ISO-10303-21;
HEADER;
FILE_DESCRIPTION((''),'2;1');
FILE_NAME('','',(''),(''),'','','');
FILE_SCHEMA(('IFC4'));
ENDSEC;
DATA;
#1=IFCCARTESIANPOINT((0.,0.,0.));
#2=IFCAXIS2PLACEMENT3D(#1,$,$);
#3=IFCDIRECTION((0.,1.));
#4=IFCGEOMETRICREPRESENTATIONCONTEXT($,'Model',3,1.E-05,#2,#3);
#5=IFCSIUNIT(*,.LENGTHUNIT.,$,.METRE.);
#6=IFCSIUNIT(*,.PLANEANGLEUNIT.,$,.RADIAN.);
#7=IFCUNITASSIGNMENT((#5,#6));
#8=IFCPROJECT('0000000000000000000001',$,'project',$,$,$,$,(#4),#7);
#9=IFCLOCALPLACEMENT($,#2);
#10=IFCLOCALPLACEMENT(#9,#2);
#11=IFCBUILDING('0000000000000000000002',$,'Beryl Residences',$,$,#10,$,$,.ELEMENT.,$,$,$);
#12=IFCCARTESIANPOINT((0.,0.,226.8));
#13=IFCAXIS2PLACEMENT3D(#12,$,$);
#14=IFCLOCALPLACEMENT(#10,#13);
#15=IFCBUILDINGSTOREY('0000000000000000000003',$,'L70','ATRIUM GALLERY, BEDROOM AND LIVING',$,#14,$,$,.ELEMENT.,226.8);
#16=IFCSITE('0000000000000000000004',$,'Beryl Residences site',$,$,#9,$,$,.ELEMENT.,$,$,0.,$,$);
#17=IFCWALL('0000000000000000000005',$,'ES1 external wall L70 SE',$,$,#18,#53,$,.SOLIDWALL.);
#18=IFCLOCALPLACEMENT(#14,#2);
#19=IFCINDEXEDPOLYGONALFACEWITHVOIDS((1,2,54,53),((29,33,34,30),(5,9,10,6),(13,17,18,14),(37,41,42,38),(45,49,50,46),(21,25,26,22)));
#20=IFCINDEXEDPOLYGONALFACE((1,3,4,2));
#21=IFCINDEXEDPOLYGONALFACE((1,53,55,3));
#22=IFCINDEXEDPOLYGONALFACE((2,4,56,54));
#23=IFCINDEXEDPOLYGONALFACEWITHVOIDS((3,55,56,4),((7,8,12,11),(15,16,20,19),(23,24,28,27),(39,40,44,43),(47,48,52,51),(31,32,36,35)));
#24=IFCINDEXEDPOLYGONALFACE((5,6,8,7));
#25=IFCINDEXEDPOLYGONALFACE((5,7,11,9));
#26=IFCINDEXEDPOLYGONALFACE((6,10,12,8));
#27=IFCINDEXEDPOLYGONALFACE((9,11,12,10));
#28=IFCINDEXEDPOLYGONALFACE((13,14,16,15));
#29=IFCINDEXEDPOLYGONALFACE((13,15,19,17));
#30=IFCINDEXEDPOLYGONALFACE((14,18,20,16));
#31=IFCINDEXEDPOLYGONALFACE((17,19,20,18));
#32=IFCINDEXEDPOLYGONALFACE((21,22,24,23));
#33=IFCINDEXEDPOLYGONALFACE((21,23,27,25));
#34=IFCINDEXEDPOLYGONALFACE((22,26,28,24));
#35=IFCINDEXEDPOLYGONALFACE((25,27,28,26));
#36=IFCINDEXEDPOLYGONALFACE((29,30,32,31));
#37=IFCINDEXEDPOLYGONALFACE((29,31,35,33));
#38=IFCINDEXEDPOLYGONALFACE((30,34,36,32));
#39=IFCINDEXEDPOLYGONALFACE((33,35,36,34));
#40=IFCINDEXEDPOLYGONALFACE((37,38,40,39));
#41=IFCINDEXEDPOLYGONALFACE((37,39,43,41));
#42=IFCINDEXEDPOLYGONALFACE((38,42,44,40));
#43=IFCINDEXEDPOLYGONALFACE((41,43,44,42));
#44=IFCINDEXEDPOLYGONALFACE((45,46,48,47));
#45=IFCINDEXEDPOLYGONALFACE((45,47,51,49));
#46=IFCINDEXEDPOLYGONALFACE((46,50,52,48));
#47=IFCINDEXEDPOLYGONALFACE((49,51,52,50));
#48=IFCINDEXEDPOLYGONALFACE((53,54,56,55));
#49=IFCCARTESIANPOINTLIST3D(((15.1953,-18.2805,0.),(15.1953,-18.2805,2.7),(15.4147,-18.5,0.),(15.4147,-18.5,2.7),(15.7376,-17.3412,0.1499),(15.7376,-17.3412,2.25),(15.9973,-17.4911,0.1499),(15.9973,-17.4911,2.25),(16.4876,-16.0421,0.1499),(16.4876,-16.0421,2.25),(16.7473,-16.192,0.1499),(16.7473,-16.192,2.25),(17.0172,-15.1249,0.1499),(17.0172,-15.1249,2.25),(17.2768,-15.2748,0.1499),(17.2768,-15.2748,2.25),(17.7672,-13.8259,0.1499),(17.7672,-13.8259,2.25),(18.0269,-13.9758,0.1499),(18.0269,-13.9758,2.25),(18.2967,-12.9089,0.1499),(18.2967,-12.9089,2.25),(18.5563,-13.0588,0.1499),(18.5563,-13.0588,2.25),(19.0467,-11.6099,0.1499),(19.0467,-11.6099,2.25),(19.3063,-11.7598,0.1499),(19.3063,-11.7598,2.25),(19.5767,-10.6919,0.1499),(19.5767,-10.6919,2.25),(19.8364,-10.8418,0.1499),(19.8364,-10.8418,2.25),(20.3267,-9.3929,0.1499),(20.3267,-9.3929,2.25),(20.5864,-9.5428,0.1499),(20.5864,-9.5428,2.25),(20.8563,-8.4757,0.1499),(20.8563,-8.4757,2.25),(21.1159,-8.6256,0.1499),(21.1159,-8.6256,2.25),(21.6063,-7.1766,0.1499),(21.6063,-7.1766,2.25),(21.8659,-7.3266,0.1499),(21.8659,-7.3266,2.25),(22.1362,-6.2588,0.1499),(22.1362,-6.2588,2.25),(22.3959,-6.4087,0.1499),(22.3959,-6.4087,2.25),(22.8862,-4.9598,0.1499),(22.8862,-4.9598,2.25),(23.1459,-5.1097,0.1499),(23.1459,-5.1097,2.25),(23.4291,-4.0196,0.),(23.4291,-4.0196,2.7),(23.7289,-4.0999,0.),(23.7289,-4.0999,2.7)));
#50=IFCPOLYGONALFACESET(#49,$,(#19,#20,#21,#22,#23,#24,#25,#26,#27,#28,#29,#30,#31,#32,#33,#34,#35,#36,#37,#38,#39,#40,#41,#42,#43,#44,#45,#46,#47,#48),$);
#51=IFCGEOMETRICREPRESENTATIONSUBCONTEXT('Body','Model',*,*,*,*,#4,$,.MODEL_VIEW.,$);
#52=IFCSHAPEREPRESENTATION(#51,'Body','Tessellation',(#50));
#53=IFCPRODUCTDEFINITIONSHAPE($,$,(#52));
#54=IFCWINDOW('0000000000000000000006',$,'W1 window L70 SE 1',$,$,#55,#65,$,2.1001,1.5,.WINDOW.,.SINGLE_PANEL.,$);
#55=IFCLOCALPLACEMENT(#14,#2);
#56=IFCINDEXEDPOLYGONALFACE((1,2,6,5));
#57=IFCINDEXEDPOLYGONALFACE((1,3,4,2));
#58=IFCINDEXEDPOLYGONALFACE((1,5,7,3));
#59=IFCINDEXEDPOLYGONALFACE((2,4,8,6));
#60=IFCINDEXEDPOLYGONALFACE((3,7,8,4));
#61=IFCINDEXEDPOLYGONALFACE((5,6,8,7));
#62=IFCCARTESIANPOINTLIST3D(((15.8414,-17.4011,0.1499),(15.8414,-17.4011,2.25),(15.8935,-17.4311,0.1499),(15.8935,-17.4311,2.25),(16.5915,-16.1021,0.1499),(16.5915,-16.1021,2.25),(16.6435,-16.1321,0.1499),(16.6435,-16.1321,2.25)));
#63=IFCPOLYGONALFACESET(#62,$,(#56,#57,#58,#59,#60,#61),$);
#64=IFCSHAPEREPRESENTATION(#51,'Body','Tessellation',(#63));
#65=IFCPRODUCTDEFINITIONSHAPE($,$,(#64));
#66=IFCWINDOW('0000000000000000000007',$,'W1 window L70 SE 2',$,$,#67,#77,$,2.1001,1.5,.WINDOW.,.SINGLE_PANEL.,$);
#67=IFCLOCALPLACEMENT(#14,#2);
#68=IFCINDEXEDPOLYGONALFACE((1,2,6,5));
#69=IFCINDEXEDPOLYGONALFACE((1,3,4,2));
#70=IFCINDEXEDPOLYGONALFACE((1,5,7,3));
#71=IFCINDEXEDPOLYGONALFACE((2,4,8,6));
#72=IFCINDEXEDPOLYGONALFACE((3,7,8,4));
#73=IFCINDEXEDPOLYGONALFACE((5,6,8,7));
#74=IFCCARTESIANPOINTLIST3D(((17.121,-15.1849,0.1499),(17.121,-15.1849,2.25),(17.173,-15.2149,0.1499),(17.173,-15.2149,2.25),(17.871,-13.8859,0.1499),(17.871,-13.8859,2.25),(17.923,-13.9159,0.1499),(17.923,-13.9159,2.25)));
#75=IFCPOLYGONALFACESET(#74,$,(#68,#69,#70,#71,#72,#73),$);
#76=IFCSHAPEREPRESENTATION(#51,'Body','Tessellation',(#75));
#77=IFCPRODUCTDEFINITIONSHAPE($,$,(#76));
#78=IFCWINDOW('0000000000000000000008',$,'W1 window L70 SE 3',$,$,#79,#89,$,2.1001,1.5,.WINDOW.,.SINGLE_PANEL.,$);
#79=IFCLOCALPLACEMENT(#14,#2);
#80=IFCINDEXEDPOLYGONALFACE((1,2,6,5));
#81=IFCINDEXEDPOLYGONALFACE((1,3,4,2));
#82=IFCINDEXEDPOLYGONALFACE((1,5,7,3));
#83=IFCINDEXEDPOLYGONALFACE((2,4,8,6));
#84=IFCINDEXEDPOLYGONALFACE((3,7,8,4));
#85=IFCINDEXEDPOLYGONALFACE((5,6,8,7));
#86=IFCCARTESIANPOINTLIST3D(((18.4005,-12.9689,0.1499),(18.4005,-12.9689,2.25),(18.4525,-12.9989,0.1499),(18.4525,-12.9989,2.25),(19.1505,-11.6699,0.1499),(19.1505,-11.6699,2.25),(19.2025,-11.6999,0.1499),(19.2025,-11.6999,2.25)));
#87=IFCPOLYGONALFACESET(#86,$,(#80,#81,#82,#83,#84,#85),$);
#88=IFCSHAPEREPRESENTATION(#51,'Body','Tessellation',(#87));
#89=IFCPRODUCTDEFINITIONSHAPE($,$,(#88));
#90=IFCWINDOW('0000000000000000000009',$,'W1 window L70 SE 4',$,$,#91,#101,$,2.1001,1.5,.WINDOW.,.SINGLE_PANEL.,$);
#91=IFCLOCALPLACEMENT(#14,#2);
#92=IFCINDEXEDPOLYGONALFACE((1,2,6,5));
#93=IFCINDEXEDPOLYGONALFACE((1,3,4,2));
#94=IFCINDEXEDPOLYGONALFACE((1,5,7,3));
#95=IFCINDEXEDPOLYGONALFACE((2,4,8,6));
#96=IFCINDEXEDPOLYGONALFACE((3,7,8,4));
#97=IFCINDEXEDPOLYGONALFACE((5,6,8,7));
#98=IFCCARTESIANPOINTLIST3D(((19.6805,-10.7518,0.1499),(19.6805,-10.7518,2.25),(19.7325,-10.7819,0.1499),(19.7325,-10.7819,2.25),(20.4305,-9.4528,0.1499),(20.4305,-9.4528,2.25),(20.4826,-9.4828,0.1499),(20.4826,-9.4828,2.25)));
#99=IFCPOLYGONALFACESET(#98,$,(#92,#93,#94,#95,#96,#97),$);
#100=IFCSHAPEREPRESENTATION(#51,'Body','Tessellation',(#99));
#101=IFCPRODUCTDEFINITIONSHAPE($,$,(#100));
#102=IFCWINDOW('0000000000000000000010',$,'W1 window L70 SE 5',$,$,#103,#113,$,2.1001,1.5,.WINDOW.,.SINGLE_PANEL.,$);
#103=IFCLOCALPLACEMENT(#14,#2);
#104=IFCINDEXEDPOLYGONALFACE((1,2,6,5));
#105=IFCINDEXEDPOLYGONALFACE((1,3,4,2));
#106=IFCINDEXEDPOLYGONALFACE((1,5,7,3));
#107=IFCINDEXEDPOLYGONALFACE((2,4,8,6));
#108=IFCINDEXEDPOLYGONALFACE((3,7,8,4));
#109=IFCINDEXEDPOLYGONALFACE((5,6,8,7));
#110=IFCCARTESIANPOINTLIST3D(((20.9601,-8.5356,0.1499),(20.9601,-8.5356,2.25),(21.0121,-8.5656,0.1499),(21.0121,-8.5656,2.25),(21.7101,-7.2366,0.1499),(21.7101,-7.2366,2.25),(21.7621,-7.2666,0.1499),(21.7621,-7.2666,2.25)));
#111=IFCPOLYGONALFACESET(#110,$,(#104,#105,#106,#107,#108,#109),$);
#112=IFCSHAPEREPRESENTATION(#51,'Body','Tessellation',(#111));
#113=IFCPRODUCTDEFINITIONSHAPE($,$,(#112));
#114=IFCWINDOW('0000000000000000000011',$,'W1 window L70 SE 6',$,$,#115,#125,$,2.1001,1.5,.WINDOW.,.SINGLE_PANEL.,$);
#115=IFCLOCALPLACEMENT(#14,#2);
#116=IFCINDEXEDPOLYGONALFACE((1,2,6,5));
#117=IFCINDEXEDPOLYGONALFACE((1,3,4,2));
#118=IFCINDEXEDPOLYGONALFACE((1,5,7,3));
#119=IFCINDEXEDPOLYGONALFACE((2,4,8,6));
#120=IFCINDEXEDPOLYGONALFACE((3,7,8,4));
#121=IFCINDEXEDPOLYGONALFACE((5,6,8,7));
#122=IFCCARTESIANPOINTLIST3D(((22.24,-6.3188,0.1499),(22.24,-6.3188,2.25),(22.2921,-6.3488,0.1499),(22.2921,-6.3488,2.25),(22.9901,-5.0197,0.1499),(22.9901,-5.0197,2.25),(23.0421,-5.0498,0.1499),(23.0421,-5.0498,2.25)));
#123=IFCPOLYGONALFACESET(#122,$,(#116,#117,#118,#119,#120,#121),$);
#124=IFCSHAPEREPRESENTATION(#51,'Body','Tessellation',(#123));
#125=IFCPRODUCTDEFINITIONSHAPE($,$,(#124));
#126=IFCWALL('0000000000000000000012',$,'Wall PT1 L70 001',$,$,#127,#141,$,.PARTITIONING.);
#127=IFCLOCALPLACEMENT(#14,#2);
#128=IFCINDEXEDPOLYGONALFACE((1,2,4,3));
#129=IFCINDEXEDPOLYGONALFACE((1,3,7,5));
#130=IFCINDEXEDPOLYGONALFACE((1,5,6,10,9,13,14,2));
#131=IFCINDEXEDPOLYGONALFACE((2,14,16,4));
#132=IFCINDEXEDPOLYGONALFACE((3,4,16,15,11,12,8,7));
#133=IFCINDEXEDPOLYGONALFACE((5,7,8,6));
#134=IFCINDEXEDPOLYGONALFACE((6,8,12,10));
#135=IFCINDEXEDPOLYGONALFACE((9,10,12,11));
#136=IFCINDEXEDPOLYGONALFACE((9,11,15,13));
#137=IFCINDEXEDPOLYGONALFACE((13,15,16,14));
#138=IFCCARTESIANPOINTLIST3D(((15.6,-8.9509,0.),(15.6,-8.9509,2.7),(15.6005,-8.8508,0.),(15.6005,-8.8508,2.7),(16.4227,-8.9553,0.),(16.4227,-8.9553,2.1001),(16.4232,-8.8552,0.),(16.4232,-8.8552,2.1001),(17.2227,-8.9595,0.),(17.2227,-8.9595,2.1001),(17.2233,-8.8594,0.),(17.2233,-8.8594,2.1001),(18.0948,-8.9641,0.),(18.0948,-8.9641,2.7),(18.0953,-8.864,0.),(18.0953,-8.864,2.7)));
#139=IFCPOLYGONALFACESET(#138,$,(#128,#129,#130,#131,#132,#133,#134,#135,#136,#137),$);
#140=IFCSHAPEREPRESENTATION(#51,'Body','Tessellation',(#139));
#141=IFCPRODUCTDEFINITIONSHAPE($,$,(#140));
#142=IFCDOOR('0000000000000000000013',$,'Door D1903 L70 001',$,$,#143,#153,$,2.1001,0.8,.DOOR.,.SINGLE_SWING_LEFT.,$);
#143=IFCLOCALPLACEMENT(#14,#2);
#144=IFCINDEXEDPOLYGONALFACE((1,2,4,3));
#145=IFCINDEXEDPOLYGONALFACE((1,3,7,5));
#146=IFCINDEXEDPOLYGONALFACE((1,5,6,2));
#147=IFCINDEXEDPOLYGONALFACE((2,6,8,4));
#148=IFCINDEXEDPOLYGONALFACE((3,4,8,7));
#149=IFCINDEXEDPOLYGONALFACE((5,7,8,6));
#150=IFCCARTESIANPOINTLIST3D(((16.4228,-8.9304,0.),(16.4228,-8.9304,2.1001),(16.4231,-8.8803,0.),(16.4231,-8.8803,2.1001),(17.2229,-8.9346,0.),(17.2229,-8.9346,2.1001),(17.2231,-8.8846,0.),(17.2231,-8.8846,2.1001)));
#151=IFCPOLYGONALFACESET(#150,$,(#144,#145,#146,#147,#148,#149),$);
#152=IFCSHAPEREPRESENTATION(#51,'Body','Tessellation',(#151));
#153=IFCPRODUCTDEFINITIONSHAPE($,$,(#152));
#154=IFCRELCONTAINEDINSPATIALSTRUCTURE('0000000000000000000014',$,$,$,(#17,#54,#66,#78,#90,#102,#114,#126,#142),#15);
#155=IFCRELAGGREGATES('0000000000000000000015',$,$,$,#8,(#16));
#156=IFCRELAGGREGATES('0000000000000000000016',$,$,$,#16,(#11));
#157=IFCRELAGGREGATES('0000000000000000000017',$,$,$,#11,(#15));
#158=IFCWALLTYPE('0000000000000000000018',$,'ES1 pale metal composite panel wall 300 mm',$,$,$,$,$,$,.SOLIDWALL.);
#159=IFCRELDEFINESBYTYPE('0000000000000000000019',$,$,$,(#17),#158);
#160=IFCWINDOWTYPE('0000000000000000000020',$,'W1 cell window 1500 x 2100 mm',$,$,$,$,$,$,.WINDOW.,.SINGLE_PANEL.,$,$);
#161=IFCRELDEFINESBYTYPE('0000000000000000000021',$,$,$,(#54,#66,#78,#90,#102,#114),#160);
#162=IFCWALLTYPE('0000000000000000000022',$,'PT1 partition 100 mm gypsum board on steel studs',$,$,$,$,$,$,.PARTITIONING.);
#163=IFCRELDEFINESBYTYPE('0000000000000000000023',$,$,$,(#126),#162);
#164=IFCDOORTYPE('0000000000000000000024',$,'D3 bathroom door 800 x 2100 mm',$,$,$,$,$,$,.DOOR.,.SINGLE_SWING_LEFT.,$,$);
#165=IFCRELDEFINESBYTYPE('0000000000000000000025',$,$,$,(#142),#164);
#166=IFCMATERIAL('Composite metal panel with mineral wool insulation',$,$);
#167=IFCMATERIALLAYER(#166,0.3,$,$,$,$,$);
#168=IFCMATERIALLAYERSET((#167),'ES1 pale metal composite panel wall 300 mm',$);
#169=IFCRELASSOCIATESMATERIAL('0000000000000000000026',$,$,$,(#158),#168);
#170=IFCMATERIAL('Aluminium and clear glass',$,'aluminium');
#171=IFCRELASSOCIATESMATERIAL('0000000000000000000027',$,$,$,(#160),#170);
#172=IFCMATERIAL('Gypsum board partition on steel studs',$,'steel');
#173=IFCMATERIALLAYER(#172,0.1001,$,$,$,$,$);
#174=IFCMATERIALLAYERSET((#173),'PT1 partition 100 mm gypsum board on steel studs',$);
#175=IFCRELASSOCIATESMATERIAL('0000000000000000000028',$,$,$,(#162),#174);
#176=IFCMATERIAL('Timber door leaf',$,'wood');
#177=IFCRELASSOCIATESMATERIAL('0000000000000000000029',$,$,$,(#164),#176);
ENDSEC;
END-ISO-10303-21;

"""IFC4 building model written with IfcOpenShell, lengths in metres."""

from ifc_helpers import new_model, si_unit, direction, frame, frame_2d, origin, place, context, subcontext, project, spatial, polyline, rectangle, outline, extrude, material, layer, layer_set, type_object, element, fill, save


model = new_model("IFC4")

# Units and contexts
model_context = context("Model", 3, precision=1e-05, world=origin(), true_north=direction((0.0, 1.0)))
body_context = subcontext(model_context, "Body", "Model", "MODEL_VIEW")
ifc_project = project(units=[si_unit("LENGTHUNIT", "METRE"), si_unit("PLANEANGLEUNIT", "RADIAN")], contexts=[model_context])

# Site, building, storey
site_placement = place(None, origin())
site = spatial("IfcSite", under=ifc_project, at=site_placement, Name="Beryl Residences site", CompositionType="ELEMENT", RefElevation=0.0)
building_placement = place(site_placement, origin())
building = spatial("IfcBuilding", under=site, at=building_placement, Name="Beryl Residences", CompositionType="ELEMENT")
storey_placement = place(building_placement, frame((0.0, 0.0, 226.8)))
storey = spatial("IfcBuildingStorey", under=building, at=storey_placement, Name="L70", Description="ATRIUM GALLERY, BEDROOM AND LIVING", CompositionType="ELEMENT", Elevation=226.8)

# Wall, openings, windows
ifc_material_1 = material(Name="Composite metal panel with mineral wool insulation")
ifc_layer_1 = layer(ifc_material_1, 0.3)
ifc_layer_set_1 = layer_set([ifc_layer_1], Name="ES1 pale metal composite panel wall 300 mm")
wall_type_1 = type_object("IfcWallType", Name="ES1 pale metal composite panel wall 300 mm", PredefinedType="SOLIDWALL", material=ifc_layer_set_1)
wall_1_placement = place(storey_placement, frame((15.2849, -18.425, 0.0), z_axis=(0.0, 0.0, 1.0), x_axis=(0.500013, 0.866018, 0.0)))
wall_1 = element("IfcWall", 1, at=wall_1_placement, inside=storey, type_object=wall_type_1, Name="ES1 external wall L70 SE", PredefinedType="SOLIDWALL", context=body_context, shape_type="SweptSolid", body=[
    extrude(outline(polyline([(0.0, -0.1499), (16.6279, -0.1499), (16.5476, 0.1499), (0.0803, 0.1499), (0.0, -0.1499)])), origin(), (0.0, 0.0, 1.0), 2.7),
])
opening_1_placement = place(wall_1_placement, frame((1.165, 0.0, 0.1499)))
opening_1 = element("IfcOpeningElement", 2, at=opening_1_placement, cuts=wall_1, PredefinedType="OPENING", context=body_context, shape_type="SweptSolid", body=[
    extrude(rectangle(XDim=1.5, YDim=2.1001, at=frame_2d((0.75, 1.05))), frame((0.0, 0.1599, 0.0), z_axis=(0.0, -1.0, 0.0), x_axis=(1.0, 0.0, 0.0)), (0.0, 0.0, 1.0), 0.3201),
])
opening_2_placement = place(wall_1_placement, frame((3.7241, 0.0, 0.1499)))
opening_2 = element("IfcOpeningElement", 3, at=opening_2_placement, cuts=wall_1, PredefinedType="OPENING", context=body_context, shape_type="SweptSolid", body=[
    extrude(rectangle(XDim=1.5, YDim=2.1001, at=frame_2d((0.75, 1.05))), frame((0.0, 0.1599, 0.0), z_axis=(0.0, -1.0, 0.0), x_axis=(1.0, 0.0, 0.0)), (0.0, 0.0, 1.0), 0.3201),
])
opening_3_placement = place(wall_1_placement, frame((6.283, 0.0, 0.1499)))
opening_3 = element("IfcOpeningElement", 4, at=opening_3_placement, cuts=wall_1, PredefinedType="OPENING", context=body_context, shape_type="SweptSolid", body=[
    extrude(rectangle(XDim=1.5, YDim=2.1001, at=frame_2d((0.75, 1.05))), frame((0.0, 0.1599, 0.0), z_axis=(0.0, -1.0, 0.0), x_axis=(1.0, 0.0, 0.0)), (0.0, 0.0, 1.0), 0.3201),
])
opening_4_placement = place(wall_1_placement, frame((8.843, 0.0, 0.1499)))
opening_4 = element("IfcOpeningElement", 5, at=opening_4_placement, cuts=wall_1, PredefinedType="OPENING", context=body_context, shape_type="SweptSolid", body=[
    extrude(rectangle(XDim=1.5, YDim=2.1001, at=frame_2d((0.75, 1.05))), frame((0.0, 0.1599, 0.0), z_axis=(0.0, -1.0, 0.0), x_axis=(1.0, 0.0, 0.0)), (0.0, 0.0, 1.0), 0.3201),
])
opening_5_placement = place(wall_1_placement, frame((11.4021, 0.0, 0.1499)))
opening_5 = element("IfcOpeningElement", 6, at=opening_5_placement, cuts=wall_1, PredefinedType="OPENING", context=body_context, shape_type="SweptSolid", body=[
    extrude(rectangle(XDim=1.5, YDim=2.1001, at=frame_2d((0.75, 1.05))), frame((0.0, 0.1599, 0.0), z_axis=(0.0, -1.0, 0.0), x_axis=(1.0, 0.0, 0.0)), (0.0, 0.0, 1.0), 0.3201),
])
opening_6_placement = place(wall_1_placement, frame((13.9619, 0.0, 0.1499)))
opening_6 = element("IfcOpeningElement", 7, at=opening_6_placement, cuts=wall_1, PredefinedType="OPENING", context=body_context, shape_type="SweptSolid", body=[
    extrude(rectangle(XDim=1.5, YDim=2.1001, at=frame_2d((0.75, 1.05))), frame((0.0, 0.1599, 0.0), z_axis=(0.0, -1.0, 0.0), x_axis=(1.0, 0.0, 0.0)), (0.0, 0.0, 1.0), 0.3201),
])
ifc_material_2 = material(Name="Aluminium and clear glass", Category="aluminium")
window_type = type_object("IfcWindowType", Name="W1 cell window 1500 x 2100 mm", PartitioningType="SINGLE_PANEL", PredefinedType="WINDOW", material=ifc_material_2)
window_1_placement = place(opening_1_placement, origin())
window_1 = element("IfcWindow", 8, at=window_1_placement, inside=storey, type_object=window_type, Name="W1 window L70 SE 1", OverallHeight=2.1001, OverallWidth=1.5, PartitioningType="SINGLE_PANEL", PredefinedType="WINDOW", context=body_context, shape_type="SweptSolid", body=[
    extrude(rectangle(XDim=1.5, YDim=2.1001, at=frame_2d((0.75, 1.05))), frame((0.0, 0.03, 0.0), z_axis=(0.0, -1.0, 0.0), x_axis=(1.0, 0.0, 0.0)), (0.0, 0.0, 1.0), 0.0601),
])
fill(opening_1, window_1)
window_2_placement = place(opening_2_placement, origin())
window_2 = element("IfcWindow", 9, at=window_2_placement, inside=storey, type_object=window_type, Name="W1 window L70 SE 2", OverallHeight=2.1001, OverallWidth=1.5, PartitioningType="SINGLE_PANEL", PredefinedType="WINDOW", context=body_context, shape_type="SweptSolid", body=[
    extrude(rectangle(XDim=1.5, YDim=2.1001, at=frame_2d((0.75, 1.05))), frame((0.0, 0.03, 0.0), z_axis=(0.0, -1.0, 0.0), x_axis=(1.0, 0.0, 0.0)), (0.0, 0.0, 1.0), 0.0601),
])
fill(opening_2, window_2)
window_3_placement = place(opening_3_placement, origin())
window_3 = element("IfcWindow", 10, at=window_3_placement, inside=storey, type_object=window_type, Name="W1 window L70 SE 3", OverallHeight=2.1001, OverallWidth=1.5, PartitioningType="SINGLE_PANEL", PredefinedType="WINDOW", context=body_context, shape_type="SweptSolid", body=[
    extrude(rectangle(XDim=1.5, YDim=2.1001, at=frame_2d((0.75, 1.05))), frame((0.0, 0.03, 0.0), z_axis=(0.0, -1.0, 0.0), x_axis=(1.0, 0.0, 0.0)), (0.0, 0.0, 1.0), 0.0601),
])
fill(opening_3, window_3)
window_4_placement = place(opening_4_placement, origin())
window_4 = element("IfcWindow", 11, at=window_4_placement, inside=storey, type_object=window_type, Name="W1 window L70 SE 4", OverallHeight=2.1001, OverallWidth=1.5, PartitioningType="SINGLE_PANEL", PredefinedType="WINDOW", context=body_context, shape_type="SweptSolid", body=[
    extrude(rectangle(XDim=1.5, YDim=2.1001, at=frame_2d((0.75, 1.05))), frame((0.0, 0.03, 0.0), z_axis=(0.0, -1.0, 0.0), x_axis=(1.0, 0.0, 0.0)), (0.0, 0.0, 1.0), 0.0601),
])
fill(opening_4, window_4)
window_5_placement = place(opening_5_placement, origin())
window_5 = element("IfcWindow", 12, at=window_5_placement, inside=storey, type_object=window_type, Name="W1 window L70 SE 5", OverallHeight=2.1001, OverallWidth=1.5, PartitioningType="SINGLE_PANEL", PredefinedType="WINDOW", context=body_context, shape_type="SweptSolid", body=[
    extrude(rectangle(XDim=1.5, YDim=2.1001, at=frame_2d((0.75, 1.05))), frame((0.0, 0.03, 0.0), z_axis=(0.0, -1.0, 0.0), x_axis=(1.0, 0.0, 0.0)), (0.0, 0.0, 1.0), 0.0601),
])
fill(opening_5, window_5)
window_6_placement = place(opening_6_placement, origin())
window_6 = element("IfcWindow", 13, at=window_6_placement, inside=storey, type_object=window_type, Name="W1 window L70 SE 6", OverallHeight=2.1001, OverallWidth=1.5, PartitioningType="SINGLE_PANEL", PredefinedType="WINDOW", context=body_context, shape_type="SweptSolid", body=[
    extrude(rectangle(XDim=1.5, YDim=2.1001, at=frame_2d((0.75, 1.05))), frame((0.0, 0.03, 0.0), z_axis=(0.0, -1.0, 0.0), x_axis=(1.0, 0.0, 0.0)), (0.0, 0.0, 1.0), 0.0601),
])
fill(opening_6, window_6)

# Wall, opening, door
ifc_material_3 = material(Name="Gypsum board partition on steel studs", Category="steel")
ifc_layer_2 = layer(ifc_material_3, 0.1001)
ifc_layer_set_2 = layer_set([ifc_layer_2], Name="PT1 partition 100 mm gypsum board on steel studs")
wall_type_2 = type_object("IfcWallType", Name="PT1 partition 100 mm gypsum board on steel studs", PredefinedType="PARTITIONING", material=ifc_layer_set_2)
wall_2_placement = place(storey_placement, frame((15.6001, -8.9009, 0.0), z_axis=(0.0, 0.0, 1.0), x_axis=(0.999986, -0.005284, 0.0)))
wall_2 = element("IfcWall", 14, at=wall_2_placement, inside=storey, type_object=wall_type_2, Name="Wall PT1 L70 001", PredefinedType="PARTITIONING", context=body_context, shape_type="SweptSolid", body=[
    extrude(rectangle(XDim=2.4949, YDim=0.1001, at=frame_2d((1.2476, 0.0))), origin(), (0.0, 0.0, 1.0), 2.7),
])
opening_7_placement = place(wall_2_placement, frame((0.823, 0.0, 0.0)))
opening_7 = element("IfcOpeningElement", 15, at=opening_7_placement, cuts=wall_2, PredefinedType="OPENING", context=body_context, shape_type="SweptSolid", body=[
    extrude(rectangle(XDim=0.8, YDim=2.1001, at=frame_2d((0.3999, 1.05))), frame((0.0, 0.0601, 0.0), z_axis=(0.0, -1.0, 0.0), x_axis=(1.0, 0.0, 0.0)), (0.0, 0.0, 1.0), 0.1201),
])
ifc_material_4 = material(Name="Timber door leaf", Category="wood")
door_type_1 = type_object("IfcDoorType", Name="D3 bathroom door 800 x 2100 mm", OperationType="SINGLE_SWING_LEFT", PredefinedType="DOOR", material=ifc_material_4)
door_1_placement = place(opening_7_placement, origin())
door_1 = element("IfcDoor", 16, at=door_1_placement, inside=storey, type_object=door_type_1, Name="Door D1903 L70 001", OperationType="SINGLE_SWING_LEFT", OverallHeight=2.1001, OverallWidth=0.8, PredefinedType="DOOR", context=body_context, shape_type="SweptSolid", body=[
    extrude(rectangle(XDim=0.8, YDim=2.1001, at=frame_2d((0.3999, 1.05))), frame((0.0, 0.0249, 0.0), z_axis=(0.0, -1.0, 0.0), x_axis=(1.0, 0.0, 0.0)), (0.0, 0.0, 1.0), 0.05),
])
fill(opening_7, door_1)

save(model, "model.ifc")
